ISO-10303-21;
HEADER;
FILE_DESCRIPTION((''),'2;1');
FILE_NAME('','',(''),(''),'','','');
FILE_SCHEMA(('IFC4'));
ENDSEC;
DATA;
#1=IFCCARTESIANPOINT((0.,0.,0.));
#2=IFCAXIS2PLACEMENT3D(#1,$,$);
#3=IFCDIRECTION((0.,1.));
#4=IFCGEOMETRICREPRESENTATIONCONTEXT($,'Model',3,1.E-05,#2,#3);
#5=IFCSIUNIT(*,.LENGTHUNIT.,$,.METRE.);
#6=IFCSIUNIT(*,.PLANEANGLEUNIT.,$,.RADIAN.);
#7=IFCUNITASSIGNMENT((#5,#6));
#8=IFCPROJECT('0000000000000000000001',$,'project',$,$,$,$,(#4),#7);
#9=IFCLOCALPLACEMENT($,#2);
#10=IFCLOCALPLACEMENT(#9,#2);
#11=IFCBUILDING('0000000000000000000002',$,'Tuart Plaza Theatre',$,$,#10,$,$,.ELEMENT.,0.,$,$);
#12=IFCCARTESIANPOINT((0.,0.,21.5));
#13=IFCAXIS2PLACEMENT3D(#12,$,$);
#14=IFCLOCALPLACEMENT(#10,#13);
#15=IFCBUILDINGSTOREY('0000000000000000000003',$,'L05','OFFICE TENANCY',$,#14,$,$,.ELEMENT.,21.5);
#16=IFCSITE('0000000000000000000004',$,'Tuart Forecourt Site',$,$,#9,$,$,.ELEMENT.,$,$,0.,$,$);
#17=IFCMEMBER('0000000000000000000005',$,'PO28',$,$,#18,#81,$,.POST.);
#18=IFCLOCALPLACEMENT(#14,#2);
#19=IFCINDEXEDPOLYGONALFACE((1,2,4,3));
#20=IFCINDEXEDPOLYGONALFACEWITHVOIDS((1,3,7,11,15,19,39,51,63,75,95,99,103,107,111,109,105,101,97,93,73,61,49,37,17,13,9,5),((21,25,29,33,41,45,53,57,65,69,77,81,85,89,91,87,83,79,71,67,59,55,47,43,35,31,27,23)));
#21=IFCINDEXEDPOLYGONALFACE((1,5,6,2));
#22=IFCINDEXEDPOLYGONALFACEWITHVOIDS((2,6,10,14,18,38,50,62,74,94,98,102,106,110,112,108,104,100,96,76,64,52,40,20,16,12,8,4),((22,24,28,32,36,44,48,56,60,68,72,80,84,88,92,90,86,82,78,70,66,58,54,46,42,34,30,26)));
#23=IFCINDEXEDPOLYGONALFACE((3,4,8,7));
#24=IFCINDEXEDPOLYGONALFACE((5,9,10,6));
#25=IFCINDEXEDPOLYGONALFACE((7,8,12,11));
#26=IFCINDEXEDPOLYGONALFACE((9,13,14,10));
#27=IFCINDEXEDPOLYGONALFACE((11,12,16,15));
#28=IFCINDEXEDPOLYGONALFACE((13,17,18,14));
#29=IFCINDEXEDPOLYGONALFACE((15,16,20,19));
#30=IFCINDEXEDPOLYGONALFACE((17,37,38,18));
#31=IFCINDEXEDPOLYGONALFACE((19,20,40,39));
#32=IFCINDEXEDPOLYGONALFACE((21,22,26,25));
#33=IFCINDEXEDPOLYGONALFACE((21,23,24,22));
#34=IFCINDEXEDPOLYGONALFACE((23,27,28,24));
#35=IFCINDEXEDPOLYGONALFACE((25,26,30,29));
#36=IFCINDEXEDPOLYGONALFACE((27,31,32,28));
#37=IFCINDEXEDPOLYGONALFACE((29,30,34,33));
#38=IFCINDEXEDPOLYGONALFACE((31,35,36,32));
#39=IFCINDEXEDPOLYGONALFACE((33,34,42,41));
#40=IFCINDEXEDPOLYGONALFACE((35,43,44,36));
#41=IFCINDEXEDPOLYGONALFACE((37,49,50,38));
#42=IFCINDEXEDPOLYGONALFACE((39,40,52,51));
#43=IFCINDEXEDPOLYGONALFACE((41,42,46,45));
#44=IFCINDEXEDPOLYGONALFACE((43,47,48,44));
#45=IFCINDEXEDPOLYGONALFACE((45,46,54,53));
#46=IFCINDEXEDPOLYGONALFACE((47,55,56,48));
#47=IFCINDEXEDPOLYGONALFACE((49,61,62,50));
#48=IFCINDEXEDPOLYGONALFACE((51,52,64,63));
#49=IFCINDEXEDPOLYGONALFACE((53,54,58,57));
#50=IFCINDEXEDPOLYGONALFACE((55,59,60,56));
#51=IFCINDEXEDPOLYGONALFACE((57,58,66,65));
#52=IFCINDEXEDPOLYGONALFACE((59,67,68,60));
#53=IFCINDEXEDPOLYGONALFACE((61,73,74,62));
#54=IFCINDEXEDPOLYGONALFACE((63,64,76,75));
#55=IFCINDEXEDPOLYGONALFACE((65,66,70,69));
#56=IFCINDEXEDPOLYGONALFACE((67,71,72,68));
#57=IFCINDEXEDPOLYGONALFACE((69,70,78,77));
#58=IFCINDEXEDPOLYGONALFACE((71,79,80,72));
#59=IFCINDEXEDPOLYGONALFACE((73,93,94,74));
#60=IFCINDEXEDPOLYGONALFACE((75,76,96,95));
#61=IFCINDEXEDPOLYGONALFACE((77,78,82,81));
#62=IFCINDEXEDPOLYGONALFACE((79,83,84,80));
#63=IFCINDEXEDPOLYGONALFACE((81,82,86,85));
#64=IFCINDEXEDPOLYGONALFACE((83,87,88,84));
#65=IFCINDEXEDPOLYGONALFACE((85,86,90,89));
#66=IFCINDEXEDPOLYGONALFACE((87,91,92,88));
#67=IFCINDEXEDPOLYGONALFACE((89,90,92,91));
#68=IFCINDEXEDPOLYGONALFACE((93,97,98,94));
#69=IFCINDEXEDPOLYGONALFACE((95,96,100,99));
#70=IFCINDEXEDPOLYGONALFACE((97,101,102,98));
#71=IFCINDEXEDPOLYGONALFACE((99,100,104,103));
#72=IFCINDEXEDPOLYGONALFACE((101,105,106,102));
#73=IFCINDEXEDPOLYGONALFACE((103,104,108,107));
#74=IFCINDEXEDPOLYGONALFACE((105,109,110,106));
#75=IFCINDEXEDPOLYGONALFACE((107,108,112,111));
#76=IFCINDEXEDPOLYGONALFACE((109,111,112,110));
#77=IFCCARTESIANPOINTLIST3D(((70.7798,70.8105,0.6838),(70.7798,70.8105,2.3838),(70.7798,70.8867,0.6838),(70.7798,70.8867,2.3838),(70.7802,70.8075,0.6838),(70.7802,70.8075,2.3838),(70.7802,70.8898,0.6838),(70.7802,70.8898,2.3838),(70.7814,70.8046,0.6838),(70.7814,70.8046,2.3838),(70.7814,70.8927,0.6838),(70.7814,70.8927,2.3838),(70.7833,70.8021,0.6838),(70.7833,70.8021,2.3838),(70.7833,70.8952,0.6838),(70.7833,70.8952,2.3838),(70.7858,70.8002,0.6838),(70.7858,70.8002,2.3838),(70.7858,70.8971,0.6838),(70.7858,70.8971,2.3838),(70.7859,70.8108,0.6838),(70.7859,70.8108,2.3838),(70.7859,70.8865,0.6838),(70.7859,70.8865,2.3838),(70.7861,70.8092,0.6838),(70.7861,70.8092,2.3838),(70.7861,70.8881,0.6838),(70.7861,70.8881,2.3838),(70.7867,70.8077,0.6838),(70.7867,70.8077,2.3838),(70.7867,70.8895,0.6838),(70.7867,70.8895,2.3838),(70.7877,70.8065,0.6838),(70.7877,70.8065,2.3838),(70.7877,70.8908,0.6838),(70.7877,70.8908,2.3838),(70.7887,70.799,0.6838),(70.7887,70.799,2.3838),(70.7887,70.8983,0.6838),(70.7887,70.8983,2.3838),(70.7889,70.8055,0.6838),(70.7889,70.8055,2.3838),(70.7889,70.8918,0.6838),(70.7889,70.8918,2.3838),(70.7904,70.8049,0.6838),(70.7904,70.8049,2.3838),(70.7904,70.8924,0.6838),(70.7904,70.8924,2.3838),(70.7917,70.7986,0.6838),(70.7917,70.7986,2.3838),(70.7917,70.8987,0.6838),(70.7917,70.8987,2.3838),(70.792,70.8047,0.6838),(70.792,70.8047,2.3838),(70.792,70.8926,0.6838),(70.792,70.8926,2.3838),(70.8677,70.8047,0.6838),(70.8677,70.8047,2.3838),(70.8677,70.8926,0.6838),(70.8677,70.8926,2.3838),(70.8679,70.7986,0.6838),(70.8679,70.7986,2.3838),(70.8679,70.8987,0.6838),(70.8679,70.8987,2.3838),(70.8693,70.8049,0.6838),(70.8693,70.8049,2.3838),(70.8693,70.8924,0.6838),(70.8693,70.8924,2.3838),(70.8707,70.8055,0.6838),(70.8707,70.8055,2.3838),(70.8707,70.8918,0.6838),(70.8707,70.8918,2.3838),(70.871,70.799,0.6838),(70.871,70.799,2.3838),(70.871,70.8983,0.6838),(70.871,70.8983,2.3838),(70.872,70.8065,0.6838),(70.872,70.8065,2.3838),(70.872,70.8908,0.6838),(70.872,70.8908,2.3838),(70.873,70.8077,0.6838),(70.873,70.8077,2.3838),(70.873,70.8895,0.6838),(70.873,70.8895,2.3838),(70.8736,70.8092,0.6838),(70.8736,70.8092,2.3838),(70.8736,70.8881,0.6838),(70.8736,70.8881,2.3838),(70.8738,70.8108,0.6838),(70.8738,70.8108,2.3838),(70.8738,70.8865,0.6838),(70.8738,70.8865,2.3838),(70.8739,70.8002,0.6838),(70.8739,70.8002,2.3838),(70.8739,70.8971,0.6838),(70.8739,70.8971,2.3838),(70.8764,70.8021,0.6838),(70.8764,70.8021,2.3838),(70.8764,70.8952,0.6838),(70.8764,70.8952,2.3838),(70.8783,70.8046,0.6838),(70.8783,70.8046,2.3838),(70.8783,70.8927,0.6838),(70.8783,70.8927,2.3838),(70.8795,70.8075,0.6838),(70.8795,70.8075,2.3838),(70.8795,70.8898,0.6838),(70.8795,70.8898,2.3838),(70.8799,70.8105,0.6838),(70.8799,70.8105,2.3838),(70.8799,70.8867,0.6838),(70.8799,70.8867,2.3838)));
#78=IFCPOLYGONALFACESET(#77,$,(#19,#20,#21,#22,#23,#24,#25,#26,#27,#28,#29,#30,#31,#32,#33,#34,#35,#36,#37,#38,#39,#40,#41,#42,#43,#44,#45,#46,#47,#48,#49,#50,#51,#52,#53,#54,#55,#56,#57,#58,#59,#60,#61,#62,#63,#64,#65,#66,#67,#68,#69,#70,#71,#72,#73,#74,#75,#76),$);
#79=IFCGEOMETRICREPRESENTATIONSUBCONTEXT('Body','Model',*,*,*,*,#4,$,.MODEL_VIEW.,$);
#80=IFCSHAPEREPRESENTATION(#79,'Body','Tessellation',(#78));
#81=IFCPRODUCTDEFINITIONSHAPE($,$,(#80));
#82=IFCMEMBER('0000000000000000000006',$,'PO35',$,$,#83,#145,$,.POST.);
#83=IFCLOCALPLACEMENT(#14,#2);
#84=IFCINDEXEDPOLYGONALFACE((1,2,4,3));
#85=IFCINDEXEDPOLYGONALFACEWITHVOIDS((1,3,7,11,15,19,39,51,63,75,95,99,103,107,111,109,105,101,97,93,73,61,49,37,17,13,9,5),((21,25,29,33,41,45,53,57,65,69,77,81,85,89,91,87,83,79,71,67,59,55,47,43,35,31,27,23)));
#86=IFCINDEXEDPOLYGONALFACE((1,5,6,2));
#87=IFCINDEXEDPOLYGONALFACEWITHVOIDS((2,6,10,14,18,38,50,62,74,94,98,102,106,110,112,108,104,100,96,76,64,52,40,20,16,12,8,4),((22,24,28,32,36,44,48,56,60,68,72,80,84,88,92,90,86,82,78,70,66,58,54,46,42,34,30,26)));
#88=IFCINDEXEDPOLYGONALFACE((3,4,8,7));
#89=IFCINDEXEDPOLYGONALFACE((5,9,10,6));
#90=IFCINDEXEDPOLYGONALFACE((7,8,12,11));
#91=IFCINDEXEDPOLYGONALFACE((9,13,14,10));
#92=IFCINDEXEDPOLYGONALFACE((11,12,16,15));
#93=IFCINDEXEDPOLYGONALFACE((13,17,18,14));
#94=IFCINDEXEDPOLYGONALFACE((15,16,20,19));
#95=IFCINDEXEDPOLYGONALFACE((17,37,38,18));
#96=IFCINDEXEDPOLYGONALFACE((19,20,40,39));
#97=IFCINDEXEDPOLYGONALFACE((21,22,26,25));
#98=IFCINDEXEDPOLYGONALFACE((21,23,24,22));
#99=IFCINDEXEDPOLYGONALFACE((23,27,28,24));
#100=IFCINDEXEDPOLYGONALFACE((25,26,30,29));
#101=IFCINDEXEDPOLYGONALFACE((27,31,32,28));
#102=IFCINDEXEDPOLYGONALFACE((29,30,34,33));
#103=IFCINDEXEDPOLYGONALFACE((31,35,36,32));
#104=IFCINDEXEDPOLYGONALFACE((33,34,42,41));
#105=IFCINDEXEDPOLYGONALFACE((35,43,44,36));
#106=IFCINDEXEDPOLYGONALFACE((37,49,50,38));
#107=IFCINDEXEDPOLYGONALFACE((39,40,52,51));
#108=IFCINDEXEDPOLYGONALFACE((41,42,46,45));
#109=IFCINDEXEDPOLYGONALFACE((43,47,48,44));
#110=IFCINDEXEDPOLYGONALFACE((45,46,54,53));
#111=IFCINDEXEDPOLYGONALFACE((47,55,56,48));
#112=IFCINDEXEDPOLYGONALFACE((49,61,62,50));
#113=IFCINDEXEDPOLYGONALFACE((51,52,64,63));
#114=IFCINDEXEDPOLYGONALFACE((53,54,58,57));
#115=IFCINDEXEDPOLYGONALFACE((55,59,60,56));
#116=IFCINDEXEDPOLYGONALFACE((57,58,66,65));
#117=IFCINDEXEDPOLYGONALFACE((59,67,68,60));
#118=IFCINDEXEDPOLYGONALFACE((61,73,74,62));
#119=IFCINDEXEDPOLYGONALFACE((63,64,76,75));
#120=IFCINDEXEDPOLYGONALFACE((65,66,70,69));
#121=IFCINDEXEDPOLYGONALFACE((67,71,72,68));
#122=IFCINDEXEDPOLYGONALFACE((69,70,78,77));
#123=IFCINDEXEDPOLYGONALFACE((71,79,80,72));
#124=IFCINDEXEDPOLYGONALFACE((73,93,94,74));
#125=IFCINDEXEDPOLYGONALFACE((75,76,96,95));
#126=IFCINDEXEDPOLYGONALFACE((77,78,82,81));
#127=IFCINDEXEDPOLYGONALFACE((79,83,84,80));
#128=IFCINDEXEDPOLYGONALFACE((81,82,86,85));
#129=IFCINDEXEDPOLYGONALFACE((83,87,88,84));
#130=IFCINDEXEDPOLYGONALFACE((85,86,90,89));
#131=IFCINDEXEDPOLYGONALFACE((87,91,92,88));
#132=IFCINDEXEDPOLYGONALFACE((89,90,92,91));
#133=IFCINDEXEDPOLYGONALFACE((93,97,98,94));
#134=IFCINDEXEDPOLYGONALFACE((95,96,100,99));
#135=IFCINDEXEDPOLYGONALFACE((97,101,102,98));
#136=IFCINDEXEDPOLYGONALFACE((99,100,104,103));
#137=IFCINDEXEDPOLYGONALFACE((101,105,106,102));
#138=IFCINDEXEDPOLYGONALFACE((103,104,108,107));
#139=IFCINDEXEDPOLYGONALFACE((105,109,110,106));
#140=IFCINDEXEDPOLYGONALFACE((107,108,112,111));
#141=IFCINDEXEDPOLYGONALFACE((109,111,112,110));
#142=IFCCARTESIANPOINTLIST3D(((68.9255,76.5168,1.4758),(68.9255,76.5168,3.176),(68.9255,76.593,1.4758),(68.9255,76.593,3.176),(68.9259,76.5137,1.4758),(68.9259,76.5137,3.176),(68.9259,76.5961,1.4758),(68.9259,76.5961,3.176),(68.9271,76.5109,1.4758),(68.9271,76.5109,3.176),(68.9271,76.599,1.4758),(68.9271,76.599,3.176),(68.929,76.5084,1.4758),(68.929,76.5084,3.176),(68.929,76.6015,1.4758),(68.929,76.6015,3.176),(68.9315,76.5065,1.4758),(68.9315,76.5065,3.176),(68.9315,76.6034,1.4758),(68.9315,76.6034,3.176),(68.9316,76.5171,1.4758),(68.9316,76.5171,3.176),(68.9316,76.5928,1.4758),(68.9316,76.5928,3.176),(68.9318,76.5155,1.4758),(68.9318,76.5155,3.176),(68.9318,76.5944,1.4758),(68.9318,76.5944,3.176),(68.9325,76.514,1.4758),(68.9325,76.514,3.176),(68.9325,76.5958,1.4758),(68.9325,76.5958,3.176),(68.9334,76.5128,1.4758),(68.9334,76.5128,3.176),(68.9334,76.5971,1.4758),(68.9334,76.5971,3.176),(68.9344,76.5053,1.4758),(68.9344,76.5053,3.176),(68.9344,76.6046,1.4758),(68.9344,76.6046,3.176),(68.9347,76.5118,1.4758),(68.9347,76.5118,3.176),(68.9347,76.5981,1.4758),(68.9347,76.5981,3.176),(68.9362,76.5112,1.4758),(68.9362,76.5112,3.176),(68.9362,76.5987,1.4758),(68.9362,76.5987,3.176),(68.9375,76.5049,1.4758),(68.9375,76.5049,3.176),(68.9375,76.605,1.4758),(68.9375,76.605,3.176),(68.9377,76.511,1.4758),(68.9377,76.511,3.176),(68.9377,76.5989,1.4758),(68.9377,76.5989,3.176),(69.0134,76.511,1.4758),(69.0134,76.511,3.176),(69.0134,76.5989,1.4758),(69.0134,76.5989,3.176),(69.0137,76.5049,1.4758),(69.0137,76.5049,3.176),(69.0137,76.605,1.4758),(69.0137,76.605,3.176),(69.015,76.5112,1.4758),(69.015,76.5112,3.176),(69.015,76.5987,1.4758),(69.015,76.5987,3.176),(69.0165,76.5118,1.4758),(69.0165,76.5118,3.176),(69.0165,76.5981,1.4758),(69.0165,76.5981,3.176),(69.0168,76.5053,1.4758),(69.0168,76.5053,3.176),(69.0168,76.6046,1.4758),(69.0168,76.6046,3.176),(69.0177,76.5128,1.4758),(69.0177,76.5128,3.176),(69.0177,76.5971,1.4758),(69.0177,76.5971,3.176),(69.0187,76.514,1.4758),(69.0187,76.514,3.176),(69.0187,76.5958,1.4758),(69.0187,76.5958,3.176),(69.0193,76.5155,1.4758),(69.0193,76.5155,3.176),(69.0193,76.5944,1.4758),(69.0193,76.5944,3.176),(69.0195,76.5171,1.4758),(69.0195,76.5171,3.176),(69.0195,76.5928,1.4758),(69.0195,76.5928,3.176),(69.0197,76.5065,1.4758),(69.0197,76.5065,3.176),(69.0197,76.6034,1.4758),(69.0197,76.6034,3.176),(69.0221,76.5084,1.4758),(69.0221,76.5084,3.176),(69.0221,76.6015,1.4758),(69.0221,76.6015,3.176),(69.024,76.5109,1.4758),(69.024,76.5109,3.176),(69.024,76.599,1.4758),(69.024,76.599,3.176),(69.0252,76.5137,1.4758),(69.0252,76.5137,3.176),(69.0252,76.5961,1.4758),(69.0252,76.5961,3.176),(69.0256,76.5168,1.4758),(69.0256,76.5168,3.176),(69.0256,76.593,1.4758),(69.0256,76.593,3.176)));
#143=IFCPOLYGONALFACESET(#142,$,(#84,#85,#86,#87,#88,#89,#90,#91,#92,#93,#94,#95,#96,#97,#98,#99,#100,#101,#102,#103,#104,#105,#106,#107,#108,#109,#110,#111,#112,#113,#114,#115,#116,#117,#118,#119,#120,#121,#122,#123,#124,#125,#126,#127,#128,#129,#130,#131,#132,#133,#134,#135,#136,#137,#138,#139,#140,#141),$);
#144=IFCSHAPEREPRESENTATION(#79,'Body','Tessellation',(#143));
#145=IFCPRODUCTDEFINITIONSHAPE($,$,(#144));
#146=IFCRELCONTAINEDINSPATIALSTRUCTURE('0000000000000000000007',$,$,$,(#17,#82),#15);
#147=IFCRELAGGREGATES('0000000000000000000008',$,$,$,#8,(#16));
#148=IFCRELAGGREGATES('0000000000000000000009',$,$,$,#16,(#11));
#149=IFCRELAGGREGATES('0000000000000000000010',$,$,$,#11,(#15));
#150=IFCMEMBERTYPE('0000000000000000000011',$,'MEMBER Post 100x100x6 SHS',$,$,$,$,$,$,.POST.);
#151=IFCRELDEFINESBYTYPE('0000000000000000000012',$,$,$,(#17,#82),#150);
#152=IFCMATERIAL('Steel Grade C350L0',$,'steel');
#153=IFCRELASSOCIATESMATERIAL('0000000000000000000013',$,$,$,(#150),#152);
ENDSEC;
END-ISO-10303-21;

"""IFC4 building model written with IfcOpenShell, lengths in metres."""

from ifc_helpers import new_model, si_unit, direction, frame, origin, origin_2d, place, context, subcontext, project, spatial, hollow_rectangle, extrude, material, material_profile, profile_set, type_object, element, save


model = new_model("IFC4")

# Units and contexts
model_context = context("Model", 3, precision=1e-05, world=origin(), true_north=direction((0.0, 1.0)))
body_context = subcontext(model_context, "Body", "Model", "MODEL_VIEW")
ifc_project = project(units=[si_unit("LENGTHUNIT", "METRE"), si_unit("PLANEANGLEUNIT", "RADIAN")], contexts=[model_context])

# Site, building, storey
site_placement = place(None, origin())
site = spatial("IfcSite", under=ifc_project, at=site_placement, Name="Tuart Forecourt Site", CompositionType="ELEMENT", RefElevation=0.0)
building_placement = place(site_placement, origin())
building = spatial("IfcBuilding", under=site, at=building_placement, Name="Tuart Plaza Theatre", CompositionType="ELEMENT", ElevationOfRefHeight=0.0)
storey_placement = place(building_placement, frame((0.0, 0.0, 21.5)))
storey = spatial("IfcBuildingStorey", under=building, at=storey_placement, Name="L05", Description="OFFICE TENANCY", CompositionType="ELEMENT", Elevation=21.5)

# Members
ifc_material_1 = material(Name="Steel Grade C350L0", Category="steel")
ifc_material_profile_1 = material_profile(ifc_material_1, hollow_rectangle(XDim=0.1001, YDim=0.1001, WallThickness=0.0061, InnerFilletRadius=0.0061, OuterFilletRadius=0.012, at=origin_2d()), Name="100x100x6 SHS")
ifc_profile_set_1 = profile_set([ifc_material_profile_1], Name="Steel Grade C350L0")
member_type_1 = type_object("IfcMemberType", Name="MEMBER Post 100x100x6 SHS", PredefinedType="POST", material=ifc_profile_set_1)
for number, where, z_axis, x_axis, name in (
    (1, (70.8298, 70.8486, 0.6838), (0.0, 0.0, 1.0), (1.0, 0.0, 0.0), "PO28"),
):
    element("IfcMember", number, at=place(storey_placement, frame(where, z_axis=z_axis, x_axis=x_axis)), inside=storey, type_object=member_type_1, Name=name, PredefinedType="POST", context=body_context, shape_type="SweptSolid", body=[
        extrude(hollow_rectangle(XDim=0.1001, YDim=0.1001, WallThickness=0.0061, InnerFilletRadius=0.0061, OuterFilletRadius=0.012, at=origin_2d()), origin(), (0.0, 0.0, 1.0), 1.7),
    ])
member_1_placement = place(storey_placement, frame((68.9756, 76.5549, 1.4758), z_axis=(0.0, 0.0, 1.0), x_axis=(1.0, 0.0, 0.0)))
element("IfcMember", 2, at=member_1_placement, inside=storey, type_object=member_type_1, Name="PO35", PredefinedType="POST", context=body_context, shape_type="SweptSolid", body=[
    extrude(hollow_rectangle(XDim=0.1001, YDim=0.1001, WallThickness=0.0061, InnerFilletRadius=0.0061, OuterFilletRadius=0.012, at=origin_2d()), origin(), (0.0, 0.0, 1.0), 1.7002),
])

save(model, "model.ifc")
